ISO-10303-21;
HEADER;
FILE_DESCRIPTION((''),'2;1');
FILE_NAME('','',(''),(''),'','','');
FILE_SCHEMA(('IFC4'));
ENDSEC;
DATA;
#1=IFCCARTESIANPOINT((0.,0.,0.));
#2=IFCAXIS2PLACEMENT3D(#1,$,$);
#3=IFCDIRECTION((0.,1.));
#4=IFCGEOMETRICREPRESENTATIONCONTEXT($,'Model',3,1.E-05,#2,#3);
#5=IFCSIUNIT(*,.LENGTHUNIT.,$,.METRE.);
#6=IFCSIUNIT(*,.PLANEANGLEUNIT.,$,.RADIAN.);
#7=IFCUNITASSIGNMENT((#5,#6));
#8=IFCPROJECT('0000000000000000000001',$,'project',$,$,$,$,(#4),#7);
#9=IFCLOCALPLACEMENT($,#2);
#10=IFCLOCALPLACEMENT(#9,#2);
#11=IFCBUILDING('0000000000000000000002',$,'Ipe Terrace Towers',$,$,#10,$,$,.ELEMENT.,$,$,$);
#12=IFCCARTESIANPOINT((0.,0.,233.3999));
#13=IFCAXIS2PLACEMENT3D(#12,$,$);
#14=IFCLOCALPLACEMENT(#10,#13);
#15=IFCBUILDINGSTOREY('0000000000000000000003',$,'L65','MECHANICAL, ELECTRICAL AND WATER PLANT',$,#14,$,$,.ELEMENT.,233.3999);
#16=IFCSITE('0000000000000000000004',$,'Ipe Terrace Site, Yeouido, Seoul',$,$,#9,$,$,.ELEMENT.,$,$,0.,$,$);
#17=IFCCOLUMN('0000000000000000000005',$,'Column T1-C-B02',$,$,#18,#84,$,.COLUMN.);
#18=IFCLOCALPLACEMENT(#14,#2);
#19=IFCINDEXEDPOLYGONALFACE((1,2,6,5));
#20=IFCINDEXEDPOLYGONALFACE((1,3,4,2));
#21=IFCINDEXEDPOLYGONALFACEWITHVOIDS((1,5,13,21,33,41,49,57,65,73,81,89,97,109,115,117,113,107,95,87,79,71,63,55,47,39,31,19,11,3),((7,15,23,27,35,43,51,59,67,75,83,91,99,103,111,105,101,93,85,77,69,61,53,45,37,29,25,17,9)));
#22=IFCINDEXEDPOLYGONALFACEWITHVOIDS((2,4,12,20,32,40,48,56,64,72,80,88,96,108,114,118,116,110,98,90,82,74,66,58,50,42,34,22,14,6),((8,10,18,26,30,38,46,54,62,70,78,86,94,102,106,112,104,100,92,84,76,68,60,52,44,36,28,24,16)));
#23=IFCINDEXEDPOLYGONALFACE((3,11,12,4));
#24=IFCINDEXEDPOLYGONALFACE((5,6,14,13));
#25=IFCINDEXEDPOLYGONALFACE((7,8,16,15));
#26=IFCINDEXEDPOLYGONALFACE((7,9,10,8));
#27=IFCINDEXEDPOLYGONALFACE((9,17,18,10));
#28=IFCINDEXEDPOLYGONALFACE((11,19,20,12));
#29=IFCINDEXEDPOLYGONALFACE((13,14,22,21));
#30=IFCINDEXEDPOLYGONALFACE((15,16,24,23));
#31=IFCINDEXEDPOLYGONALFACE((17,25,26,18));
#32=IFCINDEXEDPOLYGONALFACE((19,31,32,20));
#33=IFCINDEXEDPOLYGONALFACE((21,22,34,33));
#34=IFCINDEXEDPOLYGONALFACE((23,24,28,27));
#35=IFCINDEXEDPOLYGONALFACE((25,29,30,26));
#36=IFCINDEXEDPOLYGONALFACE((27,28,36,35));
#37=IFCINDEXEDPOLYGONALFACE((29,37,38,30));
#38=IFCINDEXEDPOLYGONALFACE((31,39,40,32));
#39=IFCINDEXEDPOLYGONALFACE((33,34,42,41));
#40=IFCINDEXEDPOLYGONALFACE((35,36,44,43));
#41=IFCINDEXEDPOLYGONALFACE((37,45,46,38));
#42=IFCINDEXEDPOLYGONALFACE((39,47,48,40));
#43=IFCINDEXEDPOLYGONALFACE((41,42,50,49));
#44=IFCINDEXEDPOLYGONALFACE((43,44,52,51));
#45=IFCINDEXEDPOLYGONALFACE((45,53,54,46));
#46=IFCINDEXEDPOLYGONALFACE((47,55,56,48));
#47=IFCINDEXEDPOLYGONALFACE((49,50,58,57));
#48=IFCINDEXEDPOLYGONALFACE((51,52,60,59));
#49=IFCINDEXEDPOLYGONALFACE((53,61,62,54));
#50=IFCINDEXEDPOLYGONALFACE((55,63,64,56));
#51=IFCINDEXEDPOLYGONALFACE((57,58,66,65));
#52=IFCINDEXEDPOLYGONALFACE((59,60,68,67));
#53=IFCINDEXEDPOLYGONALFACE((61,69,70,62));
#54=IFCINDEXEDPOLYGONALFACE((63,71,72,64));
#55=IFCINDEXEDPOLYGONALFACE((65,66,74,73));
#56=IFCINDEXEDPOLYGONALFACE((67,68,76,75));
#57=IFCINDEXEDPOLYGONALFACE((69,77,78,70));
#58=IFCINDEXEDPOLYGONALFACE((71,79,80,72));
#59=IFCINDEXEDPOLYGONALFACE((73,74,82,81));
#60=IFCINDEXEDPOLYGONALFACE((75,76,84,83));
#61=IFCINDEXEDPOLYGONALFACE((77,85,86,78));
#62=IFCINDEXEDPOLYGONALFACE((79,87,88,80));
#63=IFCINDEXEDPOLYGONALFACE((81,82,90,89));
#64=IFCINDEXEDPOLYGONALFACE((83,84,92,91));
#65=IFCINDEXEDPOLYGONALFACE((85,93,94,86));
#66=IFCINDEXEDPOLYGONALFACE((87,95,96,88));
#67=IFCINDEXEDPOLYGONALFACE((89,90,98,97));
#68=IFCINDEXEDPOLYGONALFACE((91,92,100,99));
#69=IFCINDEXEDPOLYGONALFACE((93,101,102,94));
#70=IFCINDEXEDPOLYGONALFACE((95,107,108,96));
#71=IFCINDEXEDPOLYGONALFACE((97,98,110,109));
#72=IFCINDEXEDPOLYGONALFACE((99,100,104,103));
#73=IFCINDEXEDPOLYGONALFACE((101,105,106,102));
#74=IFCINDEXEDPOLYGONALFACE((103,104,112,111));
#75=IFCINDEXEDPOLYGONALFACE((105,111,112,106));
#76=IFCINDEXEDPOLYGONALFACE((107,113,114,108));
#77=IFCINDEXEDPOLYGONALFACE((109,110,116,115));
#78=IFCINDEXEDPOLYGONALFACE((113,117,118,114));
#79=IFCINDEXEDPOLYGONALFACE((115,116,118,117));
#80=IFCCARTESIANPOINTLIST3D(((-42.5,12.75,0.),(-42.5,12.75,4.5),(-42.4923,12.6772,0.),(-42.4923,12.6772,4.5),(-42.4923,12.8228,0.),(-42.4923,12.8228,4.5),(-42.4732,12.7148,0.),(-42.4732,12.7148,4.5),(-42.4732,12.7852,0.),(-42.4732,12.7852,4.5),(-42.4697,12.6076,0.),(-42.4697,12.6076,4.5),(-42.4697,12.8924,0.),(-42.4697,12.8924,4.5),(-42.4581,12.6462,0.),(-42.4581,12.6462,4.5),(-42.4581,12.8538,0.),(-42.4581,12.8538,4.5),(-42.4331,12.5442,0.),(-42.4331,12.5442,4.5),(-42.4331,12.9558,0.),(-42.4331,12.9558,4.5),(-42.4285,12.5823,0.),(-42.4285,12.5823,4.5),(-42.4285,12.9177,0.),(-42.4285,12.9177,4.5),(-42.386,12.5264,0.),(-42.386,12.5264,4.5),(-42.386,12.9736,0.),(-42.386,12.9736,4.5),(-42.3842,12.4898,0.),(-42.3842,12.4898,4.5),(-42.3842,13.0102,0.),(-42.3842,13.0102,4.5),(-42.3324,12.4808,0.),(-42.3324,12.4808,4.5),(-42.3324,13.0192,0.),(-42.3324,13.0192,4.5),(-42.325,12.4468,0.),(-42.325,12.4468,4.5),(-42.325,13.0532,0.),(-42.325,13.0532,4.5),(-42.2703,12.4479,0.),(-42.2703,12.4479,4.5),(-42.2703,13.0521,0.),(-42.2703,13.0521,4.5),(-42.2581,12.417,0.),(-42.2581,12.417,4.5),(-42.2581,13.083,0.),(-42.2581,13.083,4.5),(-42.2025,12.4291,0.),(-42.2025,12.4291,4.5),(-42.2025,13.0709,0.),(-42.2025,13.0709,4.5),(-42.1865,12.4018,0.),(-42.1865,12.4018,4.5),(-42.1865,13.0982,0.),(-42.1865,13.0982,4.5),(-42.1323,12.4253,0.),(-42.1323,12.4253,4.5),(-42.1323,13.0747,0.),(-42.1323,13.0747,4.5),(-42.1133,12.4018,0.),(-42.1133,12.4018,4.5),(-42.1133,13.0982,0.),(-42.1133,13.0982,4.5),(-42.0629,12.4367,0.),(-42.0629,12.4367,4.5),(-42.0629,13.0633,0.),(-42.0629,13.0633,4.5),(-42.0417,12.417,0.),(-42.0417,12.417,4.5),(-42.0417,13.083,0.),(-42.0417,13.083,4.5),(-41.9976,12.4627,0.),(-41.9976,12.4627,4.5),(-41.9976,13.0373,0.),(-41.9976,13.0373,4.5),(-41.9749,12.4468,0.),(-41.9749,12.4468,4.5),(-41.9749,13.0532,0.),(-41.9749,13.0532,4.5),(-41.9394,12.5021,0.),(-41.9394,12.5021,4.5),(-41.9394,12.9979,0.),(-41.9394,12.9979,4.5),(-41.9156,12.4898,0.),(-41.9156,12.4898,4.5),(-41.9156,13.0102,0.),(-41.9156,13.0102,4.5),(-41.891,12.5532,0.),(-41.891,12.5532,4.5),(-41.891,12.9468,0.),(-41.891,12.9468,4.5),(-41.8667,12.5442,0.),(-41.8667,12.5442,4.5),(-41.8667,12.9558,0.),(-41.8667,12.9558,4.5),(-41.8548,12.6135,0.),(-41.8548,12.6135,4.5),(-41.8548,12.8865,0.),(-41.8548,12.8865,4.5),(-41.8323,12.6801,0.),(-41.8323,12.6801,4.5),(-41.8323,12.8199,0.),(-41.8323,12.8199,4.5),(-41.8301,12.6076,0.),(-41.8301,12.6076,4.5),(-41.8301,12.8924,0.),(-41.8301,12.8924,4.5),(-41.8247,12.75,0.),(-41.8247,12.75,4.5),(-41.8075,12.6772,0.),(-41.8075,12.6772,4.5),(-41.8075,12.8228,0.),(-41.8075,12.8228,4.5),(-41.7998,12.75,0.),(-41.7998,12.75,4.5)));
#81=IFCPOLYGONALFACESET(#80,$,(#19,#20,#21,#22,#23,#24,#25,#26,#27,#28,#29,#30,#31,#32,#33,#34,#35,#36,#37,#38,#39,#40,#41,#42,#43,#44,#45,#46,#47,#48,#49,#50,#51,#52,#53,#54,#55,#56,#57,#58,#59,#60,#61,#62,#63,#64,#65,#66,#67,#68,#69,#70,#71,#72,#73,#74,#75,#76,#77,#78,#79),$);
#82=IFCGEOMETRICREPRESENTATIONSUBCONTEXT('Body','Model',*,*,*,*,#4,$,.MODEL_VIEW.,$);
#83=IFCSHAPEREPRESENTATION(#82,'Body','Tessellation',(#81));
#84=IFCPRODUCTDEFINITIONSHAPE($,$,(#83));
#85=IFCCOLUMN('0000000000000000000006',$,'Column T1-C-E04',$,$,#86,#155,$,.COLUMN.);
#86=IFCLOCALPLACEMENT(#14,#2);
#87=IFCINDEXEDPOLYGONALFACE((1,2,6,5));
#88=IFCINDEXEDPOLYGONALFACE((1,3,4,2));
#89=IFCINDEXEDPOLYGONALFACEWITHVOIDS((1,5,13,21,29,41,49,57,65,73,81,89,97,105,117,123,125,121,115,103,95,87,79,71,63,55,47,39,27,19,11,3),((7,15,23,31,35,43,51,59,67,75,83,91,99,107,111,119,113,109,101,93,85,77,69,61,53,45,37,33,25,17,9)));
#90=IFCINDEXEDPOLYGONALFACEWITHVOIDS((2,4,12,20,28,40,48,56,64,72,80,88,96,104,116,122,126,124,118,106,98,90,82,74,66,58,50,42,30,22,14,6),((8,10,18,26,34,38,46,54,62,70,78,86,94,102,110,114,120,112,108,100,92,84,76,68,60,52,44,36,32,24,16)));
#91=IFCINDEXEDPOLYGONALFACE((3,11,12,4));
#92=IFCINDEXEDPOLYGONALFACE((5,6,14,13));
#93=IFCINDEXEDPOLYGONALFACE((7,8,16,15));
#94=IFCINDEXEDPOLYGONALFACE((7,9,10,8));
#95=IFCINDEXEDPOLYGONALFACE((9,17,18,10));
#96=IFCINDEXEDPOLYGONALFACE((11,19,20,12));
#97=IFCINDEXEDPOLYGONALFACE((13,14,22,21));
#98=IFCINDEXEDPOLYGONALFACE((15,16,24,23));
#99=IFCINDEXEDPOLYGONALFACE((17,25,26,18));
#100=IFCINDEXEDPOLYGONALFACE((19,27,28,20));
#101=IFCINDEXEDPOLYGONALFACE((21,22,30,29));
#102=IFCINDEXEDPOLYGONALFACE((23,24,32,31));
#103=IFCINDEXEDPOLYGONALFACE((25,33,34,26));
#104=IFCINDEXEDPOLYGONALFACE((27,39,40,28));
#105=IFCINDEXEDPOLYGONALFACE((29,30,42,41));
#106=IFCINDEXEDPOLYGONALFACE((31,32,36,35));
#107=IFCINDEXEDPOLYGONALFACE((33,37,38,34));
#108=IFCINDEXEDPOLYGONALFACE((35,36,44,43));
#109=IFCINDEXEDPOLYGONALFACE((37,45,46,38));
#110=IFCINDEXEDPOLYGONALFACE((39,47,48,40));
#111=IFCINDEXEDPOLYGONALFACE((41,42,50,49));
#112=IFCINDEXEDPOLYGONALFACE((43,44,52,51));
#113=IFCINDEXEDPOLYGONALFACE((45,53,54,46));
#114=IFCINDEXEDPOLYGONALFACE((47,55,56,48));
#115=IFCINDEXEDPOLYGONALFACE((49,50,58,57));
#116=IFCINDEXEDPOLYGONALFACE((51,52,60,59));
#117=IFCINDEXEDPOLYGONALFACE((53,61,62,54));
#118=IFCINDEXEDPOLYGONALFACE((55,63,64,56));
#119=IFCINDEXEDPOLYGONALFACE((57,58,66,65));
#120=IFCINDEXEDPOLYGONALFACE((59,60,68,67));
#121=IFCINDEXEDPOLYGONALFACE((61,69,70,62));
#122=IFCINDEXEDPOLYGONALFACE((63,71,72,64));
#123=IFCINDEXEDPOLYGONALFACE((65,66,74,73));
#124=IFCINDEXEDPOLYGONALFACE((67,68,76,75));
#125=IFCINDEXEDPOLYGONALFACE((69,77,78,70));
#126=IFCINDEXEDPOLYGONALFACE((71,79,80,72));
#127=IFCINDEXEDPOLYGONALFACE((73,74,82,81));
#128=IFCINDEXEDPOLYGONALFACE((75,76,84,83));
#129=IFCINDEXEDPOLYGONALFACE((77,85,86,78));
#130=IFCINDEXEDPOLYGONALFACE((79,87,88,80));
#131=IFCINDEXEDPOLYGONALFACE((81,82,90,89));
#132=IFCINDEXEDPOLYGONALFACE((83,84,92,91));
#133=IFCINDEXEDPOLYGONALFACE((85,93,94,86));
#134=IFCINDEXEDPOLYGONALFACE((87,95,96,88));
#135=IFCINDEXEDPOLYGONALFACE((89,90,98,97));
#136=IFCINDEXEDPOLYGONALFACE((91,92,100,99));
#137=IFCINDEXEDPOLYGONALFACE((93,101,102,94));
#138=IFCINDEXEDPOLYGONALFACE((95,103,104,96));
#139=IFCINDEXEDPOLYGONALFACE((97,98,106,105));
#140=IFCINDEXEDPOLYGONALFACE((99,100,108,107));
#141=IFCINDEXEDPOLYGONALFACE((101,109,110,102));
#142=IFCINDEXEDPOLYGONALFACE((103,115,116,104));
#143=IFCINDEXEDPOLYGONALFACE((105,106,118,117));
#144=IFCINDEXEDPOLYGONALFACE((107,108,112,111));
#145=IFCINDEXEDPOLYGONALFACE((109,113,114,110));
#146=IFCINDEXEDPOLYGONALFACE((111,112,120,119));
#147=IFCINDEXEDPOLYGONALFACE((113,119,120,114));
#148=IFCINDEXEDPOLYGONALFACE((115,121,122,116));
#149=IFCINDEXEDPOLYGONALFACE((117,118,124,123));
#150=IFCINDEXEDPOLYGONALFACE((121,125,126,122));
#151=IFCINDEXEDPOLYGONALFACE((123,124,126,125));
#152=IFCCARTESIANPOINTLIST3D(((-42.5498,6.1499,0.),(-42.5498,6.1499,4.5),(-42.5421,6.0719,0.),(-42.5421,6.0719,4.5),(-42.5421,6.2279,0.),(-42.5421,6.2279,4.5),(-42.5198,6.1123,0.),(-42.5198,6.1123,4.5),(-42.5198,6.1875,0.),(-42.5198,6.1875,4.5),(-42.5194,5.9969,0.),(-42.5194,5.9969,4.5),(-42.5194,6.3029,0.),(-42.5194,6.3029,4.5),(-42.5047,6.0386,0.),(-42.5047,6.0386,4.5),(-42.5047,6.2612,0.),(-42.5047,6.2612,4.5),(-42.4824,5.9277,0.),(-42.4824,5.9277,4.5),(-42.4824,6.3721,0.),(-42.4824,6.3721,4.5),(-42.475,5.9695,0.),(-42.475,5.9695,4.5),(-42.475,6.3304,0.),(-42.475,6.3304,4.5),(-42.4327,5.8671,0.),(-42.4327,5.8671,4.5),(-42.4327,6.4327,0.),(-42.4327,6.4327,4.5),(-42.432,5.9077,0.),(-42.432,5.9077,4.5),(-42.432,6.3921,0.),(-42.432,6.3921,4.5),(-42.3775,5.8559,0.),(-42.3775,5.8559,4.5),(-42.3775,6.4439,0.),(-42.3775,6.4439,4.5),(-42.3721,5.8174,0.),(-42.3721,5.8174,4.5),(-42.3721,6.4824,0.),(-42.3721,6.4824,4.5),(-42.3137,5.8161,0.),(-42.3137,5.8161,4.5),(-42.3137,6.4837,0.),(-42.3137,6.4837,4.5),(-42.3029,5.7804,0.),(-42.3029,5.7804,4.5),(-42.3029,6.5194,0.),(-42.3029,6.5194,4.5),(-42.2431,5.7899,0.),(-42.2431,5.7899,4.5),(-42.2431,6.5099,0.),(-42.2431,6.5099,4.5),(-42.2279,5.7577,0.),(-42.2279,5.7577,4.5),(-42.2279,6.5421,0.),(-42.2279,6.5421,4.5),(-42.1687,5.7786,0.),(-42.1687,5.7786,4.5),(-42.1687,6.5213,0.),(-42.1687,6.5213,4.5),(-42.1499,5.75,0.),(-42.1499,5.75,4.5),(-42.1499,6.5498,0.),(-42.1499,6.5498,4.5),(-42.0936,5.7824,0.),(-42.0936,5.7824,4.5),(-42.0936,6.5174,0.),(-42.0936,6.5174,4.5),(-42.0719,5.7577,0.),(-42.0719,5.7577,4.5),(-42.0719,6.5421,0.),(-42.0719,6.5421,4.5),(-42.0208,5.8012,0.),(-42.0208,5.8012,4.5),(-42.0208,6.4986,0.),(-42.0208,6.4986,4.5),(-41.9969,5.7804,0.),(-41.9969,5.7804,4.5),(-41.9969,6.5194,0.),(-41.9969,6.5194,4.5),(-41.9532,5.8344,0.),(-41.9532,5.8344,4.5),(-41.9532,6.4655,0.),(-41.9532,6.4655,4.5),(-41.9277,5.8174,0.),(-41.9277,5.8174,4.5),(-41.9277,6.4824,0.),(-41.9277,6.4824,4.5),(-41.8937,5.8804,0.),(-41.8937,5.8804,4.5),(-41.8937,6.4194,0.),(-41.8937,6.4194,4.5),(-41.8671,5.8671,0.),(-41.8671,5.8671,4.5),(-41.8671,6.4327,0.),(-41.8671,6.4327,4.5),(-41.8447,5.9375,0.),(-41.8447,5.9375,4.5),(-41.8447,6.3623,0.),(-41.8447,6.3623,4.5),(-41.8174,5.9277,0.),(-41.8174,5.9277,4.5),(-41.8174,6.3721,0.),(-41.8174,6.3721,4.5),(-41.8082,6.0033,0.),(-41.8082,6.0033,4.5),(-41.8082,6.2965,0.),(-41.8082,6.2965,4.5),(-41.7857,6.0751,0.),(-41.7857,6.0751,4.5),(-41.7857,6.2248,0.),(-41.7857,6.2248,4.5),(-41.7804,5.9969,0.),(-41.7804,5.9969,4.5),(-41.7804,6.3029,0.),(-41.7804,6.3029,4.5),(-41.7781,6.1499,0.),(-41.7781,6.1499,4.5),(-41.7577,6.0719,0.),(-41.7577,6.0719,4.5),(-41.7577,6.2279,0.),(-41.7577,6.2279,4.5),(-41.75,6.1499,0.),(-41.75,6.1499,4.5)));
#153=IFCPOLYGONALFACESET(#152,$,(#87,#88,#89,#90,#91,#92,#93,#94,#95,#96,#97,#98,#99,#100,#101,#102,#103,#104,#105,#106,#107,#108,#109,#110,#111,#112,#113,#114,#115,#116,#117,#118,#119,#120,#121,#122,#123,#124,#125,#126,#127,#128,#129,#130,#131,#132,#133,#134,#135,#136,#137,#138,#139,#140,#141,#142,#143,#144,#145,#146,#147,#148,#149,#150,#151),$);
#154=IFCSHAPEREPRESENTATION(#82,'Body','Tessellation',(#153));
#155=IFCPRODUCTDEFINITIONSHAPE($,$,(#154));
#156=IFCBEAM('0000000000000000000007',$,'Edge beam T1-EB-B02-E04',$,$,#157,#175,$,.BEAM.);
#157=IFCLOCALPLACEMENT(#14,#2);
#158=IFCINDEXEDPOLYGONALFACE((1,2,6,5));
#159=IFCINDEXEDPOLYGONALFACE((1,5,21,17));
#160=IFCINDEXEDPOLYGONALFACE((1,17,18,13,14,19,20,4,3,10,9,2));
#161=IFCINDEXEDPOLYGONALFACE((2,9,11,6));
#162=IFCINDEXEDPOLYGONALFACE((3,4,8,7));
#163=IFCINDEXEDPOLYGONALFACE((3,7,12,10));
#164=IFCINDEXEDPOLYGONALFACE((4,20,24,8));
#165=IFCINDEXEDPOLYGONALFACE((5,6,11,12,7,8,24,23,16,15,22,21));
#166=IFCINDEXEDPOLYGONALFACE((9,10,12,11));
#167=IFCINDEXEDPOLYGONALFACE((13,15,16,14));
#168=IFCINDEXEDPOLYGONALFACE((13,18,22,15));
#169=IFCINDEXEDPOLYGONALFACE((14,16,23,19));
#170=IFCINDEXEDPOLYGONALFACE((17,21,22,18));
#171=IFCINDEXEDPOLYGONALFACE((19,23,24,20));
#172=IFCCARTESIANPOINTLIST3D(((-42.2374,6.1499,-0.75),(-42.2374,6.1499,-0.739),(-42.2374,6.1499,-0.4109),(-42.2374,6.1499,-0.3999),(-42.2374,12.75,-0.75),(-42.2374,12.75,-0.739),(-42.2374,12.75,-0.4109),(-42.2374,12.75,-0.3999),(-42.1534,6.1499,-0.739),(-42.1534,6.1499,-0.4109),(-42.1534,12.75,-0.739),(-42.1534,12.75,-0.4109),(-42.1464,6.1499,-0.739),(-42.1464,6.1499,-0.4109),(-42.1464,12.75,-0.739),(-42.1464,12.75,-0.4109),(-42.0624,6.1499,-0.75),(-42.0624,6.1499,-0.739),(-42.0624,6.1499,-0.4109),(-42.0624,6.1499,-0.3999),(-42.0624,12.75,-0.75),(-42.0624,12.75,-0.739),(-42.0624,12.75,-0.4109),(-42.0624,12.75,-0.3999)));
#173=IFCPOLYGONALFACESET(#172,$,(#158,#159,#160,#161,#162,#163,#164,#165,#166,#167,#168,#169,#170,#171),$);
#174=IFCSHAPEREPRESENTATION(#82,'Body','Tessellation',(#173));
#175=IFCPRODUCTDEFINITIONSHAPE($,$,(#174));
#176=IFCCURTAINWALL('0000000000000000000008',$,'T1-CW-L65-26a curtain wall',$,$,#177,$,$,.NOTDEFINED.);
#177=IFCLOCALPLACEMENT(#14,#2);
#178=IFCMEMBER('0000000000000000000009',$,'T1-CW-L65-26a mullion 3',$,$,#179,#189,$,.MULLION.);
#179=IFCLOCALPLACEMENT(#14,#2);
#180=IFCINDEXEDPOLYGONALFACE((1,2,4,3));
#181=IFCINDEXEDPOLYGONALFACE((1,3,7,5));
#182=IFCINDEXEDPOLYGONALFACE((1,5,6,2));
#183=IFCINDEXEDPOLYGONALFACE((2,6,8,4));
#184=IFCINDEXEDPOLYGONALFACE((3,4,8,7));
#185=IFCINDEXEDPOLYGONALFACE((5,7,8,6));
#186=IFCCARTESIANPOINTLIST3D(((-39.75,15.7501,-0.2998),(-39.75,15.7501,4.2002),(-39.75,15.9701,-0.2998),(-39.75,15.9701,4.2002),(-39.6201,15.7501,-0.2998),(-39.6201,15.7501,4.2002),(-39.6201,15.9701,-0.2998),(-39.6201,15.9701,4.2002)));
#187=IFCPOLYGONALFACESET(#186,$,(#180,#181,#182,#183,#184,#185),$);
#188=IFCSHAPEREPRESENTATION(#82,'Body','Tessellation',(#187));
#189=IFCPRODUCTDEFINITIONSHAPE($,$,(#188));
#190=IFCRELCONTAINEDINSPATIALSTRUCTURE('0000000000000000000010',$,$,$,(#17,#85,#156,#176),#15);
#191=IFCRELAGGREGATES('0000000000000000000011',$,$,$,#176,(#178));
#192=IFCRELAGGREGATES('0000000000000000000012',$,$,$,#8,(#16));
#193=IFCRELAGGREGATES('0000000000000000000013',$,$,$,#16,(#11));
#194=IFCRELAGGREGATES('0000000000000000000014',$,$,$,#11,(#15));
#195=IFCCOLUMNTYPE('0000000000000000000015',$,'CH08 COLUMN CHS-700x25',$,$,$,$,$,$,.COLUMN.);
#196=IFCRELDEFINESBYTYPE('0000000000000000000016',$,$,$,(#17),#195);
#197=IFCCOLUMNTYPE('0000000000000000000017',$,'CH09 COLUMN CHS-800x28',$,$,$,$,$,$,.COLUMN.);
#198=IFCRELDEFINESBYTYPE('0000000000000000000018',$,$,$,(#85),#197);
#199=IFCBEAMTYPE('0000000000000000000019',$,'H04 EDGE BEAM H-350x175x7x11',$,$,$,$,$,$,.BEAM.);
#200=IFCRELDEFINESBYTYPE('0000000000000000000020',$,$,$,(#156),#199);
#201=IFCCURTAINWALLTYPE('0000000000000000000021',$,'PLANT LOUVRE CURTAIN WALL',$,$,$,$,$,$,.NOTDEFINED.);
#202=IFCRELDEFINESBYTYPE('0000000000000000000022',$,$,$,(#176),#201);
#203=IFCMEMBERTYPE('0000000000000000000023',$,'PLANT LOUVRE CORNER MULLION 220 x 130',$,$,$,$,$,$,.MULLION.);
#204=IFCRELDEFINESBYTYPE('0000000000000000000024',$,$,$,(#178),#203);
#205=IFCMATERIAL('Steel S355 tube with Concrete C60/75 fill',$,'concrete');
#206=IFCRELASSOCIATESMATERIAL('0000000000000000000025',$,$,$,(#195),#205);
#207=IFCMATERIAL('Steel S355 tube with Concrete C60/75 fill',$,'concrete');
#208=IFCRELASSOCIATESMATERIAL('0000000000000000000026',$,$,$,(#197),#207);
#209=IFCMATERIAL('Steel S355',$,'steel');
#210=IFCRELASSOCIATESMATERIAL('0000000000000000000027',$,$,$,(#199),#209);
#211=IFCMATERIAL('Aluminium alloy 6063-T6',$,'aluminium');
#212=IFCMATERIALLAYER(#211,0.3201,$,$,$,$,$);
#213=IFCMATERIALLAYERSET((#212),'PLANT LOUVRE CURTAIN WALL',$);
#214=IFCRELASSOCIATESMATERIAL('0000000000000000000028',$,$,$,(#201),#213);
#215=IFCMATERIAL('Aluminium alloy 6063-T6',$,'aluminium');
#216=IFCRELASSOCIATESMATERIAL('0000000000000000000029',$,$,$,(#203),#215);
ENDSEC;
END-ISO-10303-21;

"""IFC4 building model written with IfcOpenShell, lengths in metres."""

from ifc_helpers import new_model, si_unit, direction, frame, origin, origin_2d, place, context, subcontext, project, spatial, rectangle, hollow_circle, i_section, extrude, material, layer, layer_set, material_profile, profile_set, type_object, element, aggregate, save


model = new_model("IFC4")

# Units and contexts
model_context = context("Model", 3, precision=1e-05, world=origin(), true_north=direction((0.0, 1.0)))
body_context = subcontext(model_context, "Body", "Model", "MODEL_VIEW")
ifc_project = project(units=[si_unit("LENGTHUNIT", "METRE"), si_unit("PLANEANGLEUNIT", "RADIAN")], contexts=[model_context])

# Site, building, storey
site_placement = place(None, origin())
site = spatial("IfcSite", under=ifc_project, at=site_placement, Name="Ipe Terrace Site, Yeouido, Seoul", CompositionType="ELEMENT", RefElevation=0.0)
building_placement = place(site_placement, origin())
building = spatial("IfcBuilding", under=site, at=building_placement, Name="Ipe Terrace Towers", CompositionType="ELEMENT")
storey_placement = place(building_placement, frame((0.0, 0.0, 233.3999)))
storey = spatial("IfcBuildingStorey", under=building, at=storey_placement, Name="L65", Description="MECHANICAL, ELECTRICAL AND WATER PLANT", CompositionType="ELEMENT", Elevation=233.3999)

# Columns
ifc_material_1 = material(Name="Steel S355 tube with Concrete C60/75 fill", Category="concrete")
ifc_material_profile_1 = material_profile(ifc_material_1, hollow_circle(Radius=0.3501, WallThickness=0.0249, at=origin_2d()), Name="CHS-700x25")
ifc_profile_set_1 = profile_set([ifc_material_profile_1], Name="Steel S355 tube with Concrete C60/75 fill")
column_type_1 = type_object("IfcColumnType", Name="CH08 COLUMN CHS-700x25", PredefinedType="COLUMN", material=ifc_profile_set_1)
column_1_placement = place(storey_placement, frame((-42.1499, 12.75, 0.0), z_axis=(0.0, 0.0, 1.0), x_axis=(1.0, 0.0, 0.0)))
element("IfcColumn", 1, at=column_1_placement, inside=storey, type_object=column_type_1, Name="Column T1-C-B02", PredefinedType="COLUMN", context=body_context, shape_type="SweptSolid", body=[
    extrude(hollow_circle(Radius=0.3501, WallThickness=0.0249, at=origin_2d()), origin(), (0.0, 0.0, 1.0), 4.5),
])
ifc_material_2 = material(Name="Steel S355 tube with Concrete C60/75 fill", Category="concrete")
ifc_material_profile_2 = material_profile(ifc_material_2, hollow_circle(Radius=0.3999, WallThickness=0.0281, at=origin_2d()), Name="CHS-800x28")
ifc_profile_set_2 = profile_set([ifc_material_profile_2], Name="Steel S355 tube with Concrete C60/75 fill")
column_type_2 = type_object("IfcColumnType", Name="CH09 COLUMN CHS-800x28", PredefinedType="COLUMN", material=ifc_profile_set_2)
column_2_placement = place(storey_placement, frame((-42.1499, 6.1499, 0.0), z_axis=(0.0, 0.0, 1.0), x_axis=(1.0, 0.0, 0.0)))
element("IfcColumn", 2, at=column_2_placement, inside=storey, type_object=column_type_2, Name="Column T1-C-E04", PredefinedType="COLUMN", context=body_context, shape_type="SweptSolid", body=[
    extrude(hollow_circle(Radius=0.3999, WallThickness=0.0281, at=origin_2d()), origin(), (0.0, 0.0, 1.0), 4.5),
])

# Beam
ifc_material_3 = material(Name="Steel S355", Category="steel")
ifc_material_profile_3 = material_profile(ifc_material_3, i_section(OverallWidth=0.175, OverallDepth=0.3501, WebThickness=0.0071, FlangeThickness=0.011, at=origin_2d()), Name="H-350x175x7x11")
ifc_profile_set_3 = profile_set([ifc_material_profile_3], Name="Steel S355")
beam_type = type_object("IfcBeamType", Name="H04 EDGE BEAM H-350x175x7x11", PredefinedType="BEAM", material=ifc_profile_set_3)
beam_placement = place(storey_placement, frame((-42.1499, 12.75, -0.575), z_axis=(0.0, -1.0, 0.0), x_axis=(1.0, 0.0, 0.0)))
element("IfcBeam", 3, at=beam_placement, inside=storey, type_object=beam_type, Name="Edge beam T1-EB-B02-E04", PredefinedType="BEAM", context=body_context, shape_type="SweptSolid", body=[
    extrude(i_section(OverallWidth=0.175, OverallDepth=0.3501, WebThickness=0.0071, FlangeThickness=0.011, at=origin_2d()), origin(), (0.0, 0.0, 1.0), 6.6001),
])

# Curtain wall, member
ifc_material_4 = material(Name="Aluminium alloy 6063-T6", Category="aluminium")
ifc_layer_1 = layer(ifc_material_4, 0.3201)
ifc_layer_set_1 = layer_set([ifc_layer_1], Name="PLANT LOUVRE CURTAIN WALL")
curtain_wall_type = type_object("IfcCurtainWallType", Name="PLANT LOUVRE CURTAIN WALL", PredefinedType="NOTDEFINED", material=ifc_layer_set_1)
curtain_wall_placement = place(storey_placement, origin())
curtain_wall = element("IfcCurtainWall", 4, at=curtain_wall_placement, inside=storey, type_object=curtain_wall_type, Name="T1-CW-L65-26a curtain wall", PredefinedType="NOTDEFINED")
ifc_material_5 = material(Name="Aluminium alloy 6063-T6", Category="aluminium")
ifc_material_profile_4 = material_profile(ifc_material_5, rectangle(XDim=0.22, YDim=0.1299, at=origin_2d()), Name="PLANT LOUVRE CORNER MULLION 220 x 130")
ifc_profile_set_4 = profile_set([ifc_material_profile_4], Name="Aluminium alloy 6063-T6")
member_type_1 = type_object("IfcMemberType", Name="PLANT LOUVRE CORNER MULLION 220 x 130", PredefinedType="MULLION", material=ifc_profile_set_4)
member_1_placement = place(storey_placement, frame((-39.6851, 15.8601, -0.2998), z_axis=(0.0, 0.0, 1.0), x_axis=(0.0, 1.0, 0.0)))
member_1 = element("IfcMember", 5, at=member_1_placement, type_object=member_type_1, Name="T1-CW-L65-26a mullion 3", PredefinedType="MULLION", context=body_context, shape_type="SweptSolid", body=[
    extrude(rectangle(XDim=0.22, YDim=0.1299, at=origin_2d()), origin(), (0.0, 0.0, 1.0), 4.5),
])
aggregate(curtain_wall, [member_1])

save(model, "model.ifc")
